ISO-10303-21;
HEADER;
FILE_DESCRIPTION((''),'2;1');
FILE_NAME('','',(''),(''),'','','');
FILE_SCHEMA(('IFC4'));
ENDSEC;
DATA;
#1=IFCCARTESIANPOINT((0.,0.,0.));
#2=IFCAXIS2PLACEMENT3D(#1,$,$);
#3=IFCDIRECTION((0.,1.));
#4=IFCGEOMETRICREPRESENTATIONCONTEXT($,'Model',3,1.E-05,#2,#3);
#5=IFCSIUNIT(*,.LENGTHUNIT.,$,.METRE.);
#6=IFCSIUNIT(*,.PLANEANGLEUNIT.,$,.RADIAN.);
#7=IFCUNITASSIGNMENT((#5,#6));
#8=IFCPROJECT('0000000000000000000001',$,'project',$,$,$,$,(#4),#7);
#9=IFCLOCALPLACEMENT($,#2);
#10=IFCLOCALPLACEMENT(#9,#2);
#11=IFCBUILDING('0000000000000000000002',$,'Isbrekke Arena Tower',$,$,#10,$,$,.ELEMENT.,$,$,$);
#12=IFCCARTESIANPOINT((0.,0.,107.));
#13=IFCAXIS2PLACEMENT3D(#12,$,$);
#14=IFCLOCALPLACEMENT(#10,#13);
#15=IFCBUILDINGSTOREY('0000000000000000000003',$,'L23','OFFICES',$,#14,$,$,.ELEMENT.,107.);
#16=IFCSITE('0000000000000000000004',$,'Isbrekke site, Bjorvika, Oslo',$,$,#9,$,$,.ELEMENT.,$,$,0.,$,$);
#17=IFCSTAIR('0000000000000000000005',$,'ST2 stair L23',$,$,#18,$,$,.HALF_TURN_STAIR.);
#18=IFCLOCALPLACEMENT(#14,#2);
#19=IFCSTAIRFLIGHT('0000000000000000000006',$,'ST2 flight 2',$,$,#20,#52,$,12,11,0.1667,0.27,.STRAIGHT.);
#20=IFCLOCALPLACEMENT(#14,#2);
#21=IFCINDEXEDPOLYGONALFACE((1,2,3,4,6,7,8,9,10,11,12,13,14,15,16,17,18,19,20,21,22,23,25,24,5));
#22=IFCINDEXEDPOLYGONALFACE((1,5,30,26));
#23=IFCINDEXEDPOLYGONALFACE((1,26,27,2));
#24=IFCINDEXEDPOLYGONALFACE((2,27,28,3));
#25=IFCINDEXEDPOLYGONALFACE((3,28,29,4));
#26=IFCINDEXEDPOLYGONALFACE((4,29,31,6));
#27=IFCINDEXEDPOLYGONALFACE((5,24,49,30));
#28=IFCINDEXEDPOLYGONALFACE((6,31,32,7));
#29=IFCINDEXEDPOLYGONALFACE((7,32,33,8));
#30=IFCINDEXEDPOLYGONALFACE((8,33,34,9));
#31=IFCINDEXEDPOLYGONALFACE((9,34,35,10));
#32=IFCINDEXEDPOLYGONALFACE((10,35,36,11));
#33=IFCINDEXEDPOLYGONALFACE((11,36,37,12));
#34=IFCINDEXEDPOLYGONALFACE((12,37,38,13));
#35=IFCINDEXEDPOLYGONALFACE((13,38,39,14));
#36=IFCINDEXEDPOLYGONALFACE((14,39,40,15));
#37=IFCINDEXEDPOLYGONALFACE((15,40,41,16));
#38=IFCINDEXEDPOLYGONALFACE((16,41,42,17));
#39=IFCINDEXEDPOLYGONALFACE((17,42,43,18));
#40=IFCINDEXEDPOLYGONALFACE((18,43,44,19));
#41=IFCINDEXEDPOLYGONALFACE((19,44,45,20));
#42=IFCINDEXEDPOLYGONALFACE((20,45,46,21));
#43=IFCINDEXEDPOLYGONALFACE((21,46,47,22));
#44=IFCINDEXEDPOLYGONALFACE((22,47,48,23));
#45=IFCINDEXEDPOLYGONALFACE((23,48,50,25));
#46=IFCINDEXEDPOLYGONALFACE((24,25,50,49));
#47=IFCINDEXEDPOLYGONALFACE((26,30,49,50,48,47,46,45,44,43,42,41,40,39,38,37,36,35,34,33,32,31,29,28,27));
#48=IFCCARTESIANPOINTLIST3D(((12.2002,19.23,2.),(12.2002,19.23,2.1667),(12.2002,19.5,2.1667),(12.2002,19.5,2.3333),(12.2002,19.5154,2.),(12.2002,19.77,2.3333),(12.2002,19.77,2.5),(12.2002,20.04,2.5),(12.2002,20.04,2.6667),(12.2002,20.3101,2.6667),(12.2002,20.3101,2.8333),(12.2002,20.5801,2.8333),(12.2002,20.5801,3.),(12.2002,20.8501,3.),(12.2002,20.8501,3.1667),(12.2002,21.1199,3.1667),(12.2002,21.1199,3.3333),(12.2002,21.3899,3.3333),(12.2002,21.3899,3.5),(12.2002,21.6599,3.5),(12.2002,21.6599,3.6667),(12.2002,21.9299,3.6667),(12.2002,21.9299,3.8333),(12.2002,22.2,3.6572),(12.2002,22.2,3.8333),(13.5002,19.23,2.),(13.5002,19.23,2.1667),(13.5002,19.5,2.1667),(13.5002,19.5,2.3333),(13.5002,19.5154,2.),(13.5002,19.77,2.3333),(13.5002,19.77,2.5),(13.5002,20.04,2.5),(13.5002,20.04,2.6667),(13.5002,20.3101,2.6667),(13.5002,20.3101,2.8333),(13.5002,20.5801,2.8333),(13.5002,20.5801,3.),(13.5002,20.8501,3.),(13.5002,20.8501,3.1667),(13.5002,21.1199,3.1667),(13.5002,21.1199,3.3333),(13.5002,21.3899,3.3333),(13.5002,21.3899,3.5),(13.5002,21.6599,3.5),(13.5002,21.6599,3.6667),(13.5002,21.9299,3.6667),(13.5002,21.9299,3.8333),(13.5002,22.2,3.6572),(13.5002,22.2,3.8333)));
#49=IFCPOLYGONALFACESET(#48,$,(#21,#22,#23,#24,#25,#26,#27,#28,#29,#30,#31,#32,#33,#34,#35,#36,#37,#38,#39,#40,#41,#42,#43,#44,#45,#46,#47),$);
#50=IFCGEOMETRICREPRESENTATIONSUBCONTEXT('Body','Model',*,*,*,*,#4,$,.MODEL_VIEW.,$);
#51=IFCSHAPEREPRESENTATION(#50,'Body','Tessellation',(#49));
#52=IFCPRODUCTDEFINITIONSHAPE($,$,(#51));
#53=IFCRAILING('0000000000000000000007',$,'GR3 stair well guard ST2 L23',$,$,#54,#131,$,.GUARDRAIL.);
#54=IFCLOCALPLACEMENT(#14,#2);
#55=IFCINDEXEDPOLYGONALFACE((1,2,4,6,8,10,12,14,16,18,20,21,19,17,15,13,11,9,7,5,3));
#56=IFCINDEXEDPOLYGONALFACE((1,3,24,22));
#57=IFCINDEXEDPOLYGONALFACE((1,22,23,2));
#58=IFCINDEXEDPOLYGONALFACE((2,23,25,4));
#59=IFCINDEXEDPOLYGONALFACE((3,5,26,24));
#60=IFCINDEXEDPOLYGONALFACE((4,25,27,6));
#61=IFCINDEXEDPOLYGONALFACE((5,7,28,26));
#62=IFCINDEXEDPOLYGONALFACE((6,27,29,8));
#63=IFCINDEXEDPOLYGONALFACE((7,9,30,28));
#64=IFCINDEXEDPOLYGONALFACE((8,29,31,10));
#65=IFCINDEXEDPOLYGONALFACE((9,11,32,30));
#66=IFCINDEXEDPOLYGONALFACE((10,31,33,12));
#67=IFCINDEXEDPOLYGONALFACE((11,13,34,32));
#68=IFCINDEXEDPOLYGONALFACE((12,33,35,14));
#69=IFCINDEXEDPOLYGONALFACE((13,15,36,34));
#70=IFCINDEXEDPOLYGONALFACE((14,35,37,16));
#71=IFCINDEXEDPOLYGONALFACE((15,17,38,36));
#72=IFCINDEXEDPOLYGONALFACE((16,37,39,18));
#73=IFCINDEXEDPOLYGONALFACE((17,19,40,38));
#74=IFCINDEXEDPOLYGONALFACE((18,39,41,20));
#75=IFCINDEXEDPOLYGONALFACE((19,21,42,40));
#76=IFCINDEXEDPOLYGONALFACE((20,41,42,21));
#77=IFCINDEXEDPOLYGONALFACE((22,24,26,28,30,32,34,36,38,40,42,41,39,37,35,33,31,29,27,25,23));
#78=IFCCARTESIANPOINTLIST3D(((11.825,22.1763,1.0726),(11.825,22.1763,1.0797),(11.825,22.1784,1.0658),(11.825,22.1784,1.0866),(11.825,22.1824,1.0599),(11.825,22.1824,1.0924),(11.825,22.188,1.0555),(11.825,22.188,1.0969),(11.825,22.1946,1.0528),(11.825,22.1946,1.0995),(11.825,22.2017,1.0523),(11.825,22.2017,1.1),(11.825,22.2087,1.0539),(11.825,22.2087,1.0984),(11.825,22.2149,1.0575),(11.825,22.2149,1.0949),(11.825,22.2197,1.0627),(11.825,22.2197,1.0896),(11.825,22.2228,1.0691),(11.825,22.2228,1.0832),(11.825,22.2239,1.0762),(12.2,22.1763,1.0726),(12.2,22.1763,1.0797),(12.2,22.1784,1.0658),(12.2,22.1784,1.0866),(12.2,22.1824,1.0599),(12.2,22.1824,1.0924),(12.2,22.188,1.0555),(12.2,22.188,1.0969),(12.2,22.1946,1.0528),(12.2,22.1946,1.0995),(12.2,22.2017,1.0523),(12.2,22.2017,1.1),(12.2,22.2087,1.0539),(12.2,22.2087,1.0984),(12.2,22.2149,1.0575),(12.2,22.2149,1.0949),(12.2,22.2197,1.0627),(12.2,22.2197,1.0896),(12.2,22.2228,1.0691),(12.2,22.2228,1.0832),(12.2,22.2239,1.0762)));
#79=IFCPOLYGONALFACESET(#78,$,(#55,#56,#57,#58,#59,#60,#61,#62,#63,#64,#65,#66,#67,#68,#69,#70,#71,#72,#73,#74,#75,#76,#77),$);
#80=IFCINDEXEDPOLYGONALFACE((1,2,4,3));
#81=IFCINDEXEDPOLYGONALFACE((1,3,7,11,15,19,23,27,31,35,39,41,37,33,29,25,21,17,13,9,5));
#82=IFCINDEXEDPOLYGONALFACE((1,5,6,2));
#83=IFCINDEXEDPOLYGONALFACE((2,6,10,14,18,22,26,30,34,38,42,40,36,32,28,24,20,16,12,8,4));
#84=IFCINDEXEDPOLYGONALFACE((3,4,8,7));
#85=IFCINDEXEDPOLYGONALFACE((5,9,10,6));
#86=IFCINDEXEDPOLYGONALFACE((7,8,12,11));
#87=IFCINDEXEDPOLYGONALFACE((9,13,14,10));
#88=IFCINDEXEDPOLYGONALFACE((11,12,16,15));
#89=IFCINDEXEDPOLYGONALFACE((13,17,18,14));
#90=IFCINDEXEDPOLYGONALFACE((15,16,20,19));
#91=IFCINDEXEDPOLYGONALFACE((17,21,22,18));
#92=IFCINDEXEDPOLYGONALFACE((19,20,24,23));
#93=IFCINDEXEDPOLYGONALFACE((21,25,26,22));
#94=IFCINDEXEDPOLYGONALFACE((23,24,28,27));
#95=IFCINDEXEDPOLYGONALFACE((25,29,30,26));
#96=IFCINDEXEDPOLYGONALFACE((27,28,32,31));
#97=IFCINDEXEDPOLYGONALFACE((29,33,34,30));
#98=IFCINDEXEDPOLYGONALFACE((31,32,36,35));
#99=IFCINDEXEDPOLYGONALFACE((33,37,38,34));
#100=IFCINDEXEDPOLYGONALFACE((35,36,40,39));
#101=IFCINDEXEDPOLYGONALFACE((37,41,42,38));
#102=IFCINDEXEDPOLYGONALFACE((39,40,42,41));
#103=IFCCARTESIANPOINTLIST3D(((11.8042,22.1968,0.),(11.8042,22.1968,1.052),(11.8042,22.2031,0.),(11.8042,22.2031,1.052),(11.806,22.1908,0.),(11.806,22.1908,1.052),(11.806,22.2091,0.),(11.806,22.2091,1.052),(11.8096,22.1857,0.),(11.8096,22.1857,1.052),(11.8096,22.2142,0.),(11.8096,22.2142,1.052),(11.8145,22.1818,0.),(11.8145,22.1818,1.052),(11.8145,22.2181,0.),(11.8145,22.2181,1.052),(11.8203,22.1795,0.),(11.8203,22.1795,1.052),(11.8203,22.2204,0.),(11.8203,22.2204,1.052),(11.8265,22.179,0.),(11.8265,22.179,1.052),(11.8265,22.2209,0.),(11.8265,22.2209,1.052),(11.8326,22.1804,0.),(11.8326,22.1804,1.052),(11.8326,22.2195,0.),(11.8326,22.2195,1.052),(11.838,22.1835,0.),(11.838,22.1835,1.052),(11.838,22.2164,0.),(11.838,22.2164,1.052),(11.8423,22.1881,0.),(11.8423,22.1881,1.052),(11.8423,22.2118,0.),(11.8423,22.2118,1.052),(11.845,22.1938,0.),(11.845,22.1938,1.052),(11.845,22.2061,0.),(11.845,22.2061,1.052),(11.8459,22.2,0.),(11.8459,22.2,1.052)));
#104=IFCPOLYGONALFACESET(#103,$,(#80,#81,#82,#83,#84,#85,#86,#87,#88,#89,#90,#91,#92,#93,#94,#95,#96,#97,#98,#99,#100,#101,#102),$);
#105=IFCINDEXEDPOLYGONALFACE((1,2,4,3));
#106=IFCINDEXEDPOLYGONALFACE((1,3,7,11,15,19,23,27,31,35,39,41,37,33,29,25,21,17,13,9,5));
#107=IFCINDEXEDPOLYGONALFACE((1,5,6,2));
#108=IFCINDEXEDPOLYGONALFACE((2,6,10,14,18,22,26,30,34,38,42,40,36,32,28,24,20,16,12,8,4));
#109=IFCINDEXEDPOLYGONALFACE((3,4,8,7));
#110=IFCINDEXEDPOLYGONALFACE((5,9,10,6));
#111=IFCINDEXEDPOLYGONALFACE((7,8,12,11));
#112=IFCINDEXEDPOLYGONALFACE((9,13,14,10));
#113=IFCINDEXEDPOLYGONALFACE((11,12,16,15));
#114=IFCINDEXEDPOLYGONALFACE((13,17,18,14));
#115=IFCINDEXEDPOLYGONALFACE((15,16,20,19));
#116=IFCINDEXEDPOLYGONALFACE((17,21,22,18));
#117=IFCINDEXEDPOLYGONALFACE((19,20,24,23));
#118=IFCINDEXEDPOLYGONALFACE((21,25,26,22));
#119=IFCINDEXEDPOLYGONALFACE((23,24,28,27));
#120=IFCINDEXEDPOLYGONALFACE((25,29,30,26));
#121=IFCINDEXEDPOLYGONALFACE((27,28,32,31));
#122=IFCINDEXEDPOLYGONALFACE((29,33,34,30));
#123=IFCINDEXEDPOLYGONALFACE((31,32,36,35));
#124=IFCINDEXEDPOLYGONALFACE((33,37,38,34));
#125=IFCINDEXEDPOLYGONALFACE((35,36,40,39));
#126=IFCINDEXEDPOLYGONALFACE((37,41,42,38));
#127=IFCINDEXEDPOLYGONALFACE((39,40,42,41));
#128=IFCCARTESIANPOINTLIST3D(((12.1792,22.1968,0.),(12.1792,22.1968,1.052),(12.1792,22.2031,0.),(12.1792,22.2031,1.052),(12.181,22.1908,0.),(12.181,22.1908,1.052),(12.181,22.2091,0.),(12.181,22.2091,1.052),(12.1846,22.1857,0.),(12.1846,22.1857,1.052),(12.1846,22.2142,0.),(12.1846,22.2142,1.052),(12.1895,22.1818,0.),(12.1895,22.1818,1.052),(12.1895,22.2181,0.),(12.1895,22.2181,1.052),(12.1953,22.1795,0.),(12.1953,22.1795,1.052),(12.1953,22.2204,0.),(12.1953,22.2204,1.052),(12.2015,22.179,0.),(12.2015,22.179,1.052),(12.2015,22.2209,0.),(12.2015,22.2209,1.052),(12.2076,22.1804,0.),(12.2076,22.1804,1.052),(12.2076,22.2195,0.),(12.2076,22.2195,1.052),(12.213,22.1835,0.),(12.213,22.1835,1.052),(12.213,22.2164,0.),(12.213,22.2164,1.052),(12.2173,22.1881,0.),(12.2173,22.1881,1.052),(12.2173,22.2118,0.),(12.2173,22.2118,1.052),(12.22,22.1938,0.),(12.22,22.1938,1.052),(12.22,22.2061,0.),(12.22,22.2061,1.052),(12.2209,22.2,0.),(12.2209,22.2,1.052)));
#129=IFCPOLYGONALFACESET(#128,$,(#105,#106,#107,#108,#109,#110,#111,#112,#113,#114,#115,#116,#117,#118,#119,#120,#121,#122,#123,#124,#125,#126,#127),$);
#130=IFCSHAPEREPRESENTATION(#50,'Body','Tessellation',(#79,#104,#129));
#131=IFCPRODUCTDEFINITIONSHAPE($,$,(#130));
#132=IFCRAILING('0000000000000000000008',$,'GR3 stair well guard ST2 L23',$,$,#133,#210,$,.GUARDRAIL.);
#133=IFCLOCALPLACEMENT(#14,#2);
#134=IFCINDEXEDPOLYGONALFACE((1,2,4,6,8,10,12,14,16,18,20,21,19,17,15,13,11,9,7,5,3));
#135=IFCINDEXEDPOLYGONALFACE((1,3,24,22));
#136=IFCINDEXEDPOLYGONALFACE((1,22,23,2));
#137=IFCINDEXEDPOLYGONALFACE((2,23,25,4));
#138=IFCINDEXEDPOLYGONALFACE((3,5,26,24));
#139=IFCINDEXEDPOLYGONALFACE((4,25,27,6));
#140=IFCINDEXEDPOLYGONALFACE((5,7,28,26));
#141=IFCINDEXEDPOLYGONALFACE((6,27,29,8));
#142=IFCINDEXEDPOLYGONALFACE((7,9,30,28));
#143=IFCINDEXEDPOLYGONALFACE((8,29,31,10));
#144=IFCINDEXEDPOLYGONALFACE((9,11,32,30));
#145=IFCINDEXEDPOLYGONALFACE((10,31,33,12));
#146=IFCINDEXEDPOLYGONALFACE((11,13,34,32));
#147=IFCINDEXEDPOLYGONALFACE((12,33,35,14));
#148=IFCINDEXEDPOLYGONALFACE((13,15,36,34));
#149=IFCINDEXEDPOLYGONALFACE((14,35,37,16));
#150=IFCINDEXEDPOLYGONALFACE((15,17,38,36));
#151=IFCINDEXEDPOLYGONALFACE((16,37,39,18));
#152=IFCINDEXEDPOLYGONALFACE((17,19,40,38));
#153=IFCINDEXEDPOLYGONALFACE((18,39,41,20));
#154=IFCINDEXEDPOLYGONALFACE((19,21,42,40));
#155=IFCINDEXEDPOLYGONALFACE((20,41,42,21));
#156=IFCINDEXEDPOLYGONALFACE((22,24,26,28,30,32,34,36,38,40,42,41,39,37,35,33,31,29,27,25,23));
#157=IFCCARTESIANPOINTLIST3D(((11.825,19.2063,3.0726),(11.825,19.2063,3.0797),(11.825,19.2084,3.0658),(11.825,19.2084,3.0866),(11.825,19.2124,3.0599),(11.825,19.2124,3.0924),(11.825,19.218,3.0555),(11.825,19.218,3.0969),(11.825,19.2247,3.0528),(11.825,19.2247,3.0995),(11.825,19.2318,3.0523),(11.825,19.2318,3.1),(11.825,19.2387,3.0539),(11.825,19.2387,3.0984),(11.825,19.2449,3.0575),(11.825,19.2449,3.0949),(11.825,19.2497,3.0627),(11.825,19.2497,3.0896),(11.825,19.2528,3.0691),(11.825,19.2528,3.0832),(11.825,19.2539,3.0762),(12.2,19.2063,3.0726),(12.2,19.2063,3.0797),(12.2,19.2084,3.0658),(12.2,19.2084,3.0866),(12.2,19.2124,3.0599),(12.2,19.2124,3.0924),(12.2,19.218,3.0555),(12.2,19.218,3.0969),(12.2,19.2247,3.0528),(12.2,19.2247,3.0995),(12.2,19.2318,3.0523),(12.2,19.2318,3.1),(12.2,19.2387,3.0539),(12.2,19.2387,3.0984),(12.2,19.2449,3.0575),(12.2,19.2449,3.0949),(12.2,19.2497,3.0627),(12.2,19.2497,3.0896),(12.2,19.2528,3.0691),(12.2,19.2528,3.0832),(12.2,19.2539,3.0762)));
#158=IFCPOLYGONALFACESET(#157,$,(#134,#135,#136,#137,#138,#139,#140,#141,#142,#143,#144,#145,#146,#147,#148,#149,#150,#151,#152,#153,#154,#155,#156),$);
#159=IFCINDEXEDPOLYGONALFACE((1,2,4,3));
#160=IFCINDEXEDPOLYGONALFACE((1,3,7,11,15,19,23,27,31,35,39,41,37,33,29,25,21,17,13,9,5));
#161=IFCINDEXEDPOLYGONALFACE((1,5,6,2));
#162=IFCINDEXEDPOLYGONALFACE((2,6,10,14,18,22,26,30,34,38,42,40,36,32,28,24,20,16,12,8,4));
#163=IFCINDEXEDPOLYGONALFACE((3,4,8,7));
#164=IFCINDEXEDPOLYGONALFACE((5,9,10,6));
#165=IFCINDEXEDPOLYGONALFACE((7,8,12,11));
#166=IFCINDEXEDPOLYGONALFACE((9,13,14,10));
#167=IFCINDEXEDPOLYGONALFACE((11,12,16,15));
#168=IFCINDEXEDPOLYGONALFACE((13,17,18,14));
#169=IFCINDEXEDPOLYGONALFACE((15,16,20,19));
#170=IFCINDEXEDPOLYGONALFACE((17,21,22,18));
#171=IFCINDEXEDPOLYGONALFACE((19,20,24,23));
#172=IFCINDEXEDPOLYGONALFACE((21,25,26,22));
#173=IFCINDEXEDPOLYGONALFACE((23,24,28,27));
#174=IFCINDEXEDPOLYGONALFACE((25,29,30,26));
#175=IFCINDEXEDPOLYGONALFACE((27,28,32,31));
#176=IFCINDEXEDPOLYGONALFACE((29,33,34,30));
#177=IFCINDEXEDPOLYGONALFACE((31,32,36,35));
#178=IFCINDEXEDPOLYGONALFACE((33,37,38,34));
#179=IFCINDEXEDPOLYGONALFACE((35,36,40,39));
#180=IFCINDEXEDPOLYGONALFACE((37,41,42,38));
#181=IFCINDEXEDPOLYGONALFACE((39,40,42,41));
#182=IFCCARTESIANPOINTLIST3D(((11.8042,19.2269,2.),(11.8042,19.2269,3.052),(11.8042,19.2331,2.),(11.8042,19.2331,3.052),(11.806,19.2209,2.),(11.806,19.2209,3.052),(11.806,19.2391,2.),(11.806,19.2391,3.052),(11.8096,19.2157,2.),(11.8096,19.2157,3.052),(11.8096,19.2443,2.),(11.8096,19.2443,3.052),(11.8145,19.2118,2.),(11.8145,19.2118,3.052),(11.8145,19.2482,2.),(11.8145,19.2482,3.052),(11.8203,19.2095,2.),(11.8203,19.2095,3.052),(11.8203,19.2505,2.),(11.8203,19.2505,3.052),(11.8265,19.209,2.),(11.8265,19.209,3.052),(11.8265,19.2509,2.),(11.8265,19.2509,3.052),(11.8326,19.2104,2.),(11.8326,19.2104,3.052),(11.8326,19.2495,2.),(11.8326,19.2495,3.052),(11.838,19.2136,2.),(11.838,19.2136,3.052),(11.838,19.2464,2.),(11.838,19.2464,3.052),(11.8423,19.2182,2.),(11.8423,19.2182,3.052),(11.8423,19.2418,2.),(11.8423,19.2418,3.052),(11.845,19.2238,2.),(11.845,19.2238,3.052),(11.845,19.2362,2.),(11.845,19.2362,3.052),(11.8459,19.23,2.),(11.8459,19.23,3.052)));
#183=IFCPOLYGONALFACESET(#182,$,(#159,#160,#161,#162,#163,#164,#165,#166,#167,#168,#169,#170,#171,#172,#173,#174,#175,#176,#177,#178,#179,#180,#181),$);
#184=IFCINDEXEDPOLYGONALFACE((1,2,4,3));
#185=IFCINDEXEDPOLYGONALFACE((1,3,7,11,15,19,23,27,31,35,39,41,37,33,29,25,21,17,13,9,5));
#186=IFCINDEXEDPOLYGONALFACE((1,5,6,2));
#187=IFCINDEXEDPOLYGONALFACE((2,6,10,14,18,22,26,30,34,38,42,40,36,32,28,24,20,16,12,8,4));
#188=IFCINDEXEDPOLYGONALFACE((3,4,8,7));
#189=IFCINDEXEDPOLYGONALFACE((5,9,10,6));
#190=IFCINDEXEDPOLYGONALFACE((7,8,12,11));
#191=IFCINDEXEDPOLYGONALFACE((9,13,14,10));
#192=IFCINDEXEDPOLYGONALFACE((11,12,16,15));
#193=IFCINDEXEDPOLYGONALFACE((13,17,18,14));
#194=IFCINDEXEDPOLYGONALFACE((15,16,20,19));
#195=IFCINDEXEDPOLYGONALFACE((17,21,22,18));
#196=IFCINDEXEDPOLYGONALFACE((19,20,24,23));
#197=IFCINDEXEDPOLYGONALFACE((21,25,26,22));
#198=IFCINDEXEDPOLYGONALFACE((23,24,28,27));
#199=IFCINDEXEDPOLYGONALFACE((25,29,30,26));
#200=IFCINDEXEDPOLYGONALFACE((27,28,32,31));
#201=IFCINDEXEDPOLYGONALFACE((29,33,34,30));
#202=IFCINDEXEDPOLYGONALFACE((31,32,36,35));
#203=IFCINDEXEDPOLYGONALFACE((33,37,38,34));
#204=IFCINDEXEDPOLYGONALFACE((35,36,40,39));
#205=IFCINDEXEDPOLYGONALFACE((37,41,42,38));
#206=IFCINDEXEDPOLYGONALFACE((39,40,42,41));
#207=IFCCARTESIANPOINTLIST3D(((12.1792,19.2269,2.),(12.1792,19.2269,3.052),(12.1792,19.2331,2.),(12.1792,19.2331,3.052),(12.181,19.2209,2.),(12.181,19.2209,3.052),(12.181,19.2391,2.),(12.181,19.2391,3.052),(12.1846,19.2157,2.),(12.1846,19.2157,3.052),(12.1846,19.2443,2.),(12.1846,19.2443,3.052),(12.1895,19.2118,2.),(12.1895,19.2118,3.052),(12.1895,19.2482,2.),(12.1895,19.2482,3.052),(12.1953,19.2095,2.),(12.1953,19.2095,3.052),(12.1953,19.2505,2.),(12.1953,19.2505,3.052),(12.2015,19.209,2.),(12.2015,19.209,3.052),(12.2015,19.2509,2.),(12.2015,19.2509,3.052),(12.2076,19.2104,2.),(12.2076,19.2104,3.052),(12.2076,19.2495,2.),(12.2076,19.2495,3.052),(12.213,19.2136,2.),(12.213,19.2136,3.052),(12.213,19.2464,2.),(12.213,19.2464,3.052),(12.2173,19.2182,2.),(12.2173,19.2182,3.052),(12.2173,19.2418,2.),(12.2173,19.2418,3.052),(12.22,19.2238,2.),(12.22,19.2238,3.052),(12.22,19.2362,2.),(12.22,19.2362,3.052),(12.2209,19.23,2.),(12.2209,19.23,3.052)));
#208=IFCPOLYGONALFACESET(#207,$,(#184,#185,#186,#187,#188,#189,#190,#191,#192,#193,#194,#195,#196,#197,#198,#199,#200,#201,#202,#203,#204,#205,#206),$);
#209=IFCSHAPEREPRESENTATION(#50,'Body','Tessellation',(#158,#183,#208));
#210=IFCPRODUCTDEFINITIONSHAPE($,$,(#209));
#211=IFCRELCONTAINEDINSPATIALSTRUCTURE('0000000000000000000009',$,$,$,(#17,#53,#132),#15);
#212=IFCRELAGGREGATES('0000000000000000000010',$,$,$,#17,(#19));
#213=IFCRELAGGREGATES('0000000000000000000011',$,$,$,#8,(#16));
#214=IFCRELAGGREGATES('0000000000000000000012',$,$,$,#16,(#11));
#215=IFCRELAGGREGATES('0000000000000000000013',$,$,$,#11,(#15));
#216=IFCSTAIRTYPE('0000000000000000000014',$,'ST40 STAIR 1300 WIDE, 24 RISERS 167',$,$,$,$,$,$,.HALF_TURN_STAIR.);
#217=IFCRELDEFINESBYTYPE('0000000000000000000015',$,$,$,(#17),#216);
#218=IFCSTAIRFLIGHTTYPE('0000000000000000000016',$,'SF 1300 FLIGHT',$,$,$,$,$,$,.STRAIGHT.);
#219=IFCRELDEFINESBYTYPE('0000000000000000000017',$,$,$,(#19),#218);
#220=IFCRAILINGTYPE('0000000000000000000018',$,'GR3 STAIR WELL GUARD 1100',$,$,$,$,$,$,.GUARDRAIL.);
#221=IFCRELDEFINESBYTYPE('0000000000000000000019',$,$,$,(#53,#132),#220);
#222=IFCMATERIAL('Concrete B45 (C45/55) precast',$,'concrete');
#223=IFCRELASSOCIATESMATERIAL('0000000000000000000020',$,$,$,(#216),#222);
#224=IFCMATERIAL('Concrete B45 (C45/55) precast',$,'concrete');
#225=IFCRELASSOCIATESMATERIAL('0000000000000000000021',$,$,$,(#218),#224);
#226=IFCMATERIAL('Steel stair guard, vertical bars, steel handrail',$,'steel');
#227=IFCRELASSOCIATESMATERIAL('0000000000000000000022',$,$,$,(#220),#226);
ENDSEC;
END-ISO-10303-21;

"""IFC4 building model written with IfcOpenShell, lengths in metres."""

from ifc_helpers import new_model, si_unit, direction, frame, origin, origin_2d, place, context, subcontext, project, spatial, polyline, circle, outline, extrude, material, type_object, element, aggregate, save


model = new_model("IFC4")

# Units and contexts
model_context = context("Model", 3, precision=1e-05, world=origin(), true_north=direction((0.0, 1.0)))
body_context = subcontext(model_context, "Body", "Model", "MODEL_VIEW")
ifc_project = project(units=[si_unit("LENGTHUNIT", "METRE"), si_unit("PLANEANGLEUNIT", "RADIAN")], contexts=[model_context])

# Site, building, storey
site_placement = place(None, origin())
site = spatial("IfcSite", under=ifc_project, at=site_placement, Name="Isbrekke site, Bjorvika, Oslo", CompositionType="ELEMENT", RefElevation=0.0)
building_placement = place(site_placement, origin())
building = spatial("IfcBuilding", under=site, at=building_placement, Name="Isbrekke Arena Tower", CompositionType="ELEMENT")
storey_placement = place(building_placement, frame((0.0, 0.0, 107.0)))
storey = spatial("IfcBuildingStorey", under=building, at=storey_placement, Name="L23", Description="OFFICES", CompositionType="ELEMENT", Elevation=107.0)

# Stair, stair flight
ifc_material_1 = material(Name="Concrete B45 (C45/55) precast", Category="concrete")
stair_type = type_object("IfcStairType", Name="ST40 STAIR 1300 WIDE, 24 RISERS 167", PredefinedType="HALF_TURN_STAIR", material=ifc_material_1)
stair_placement = place(storey_placement, origin())
stair = element("IfcStair", 1, at=stair_placement, inside=storey, type_object=stair_type, Name="ST2 stair L23", PredefinedType="HALF_TURN_STAIR")
ifc_material_2 = material(Name="Concrete B45 (C45/55) precast", Category="concrete")
stair_flight_type = type_object("IfcStairFlightType", Name="SF 1300 FLIGHT", PredefinedType="STRAIGHT", material=ifc_material_2)
stair_flight_1_placement = place(storey_placement, frame((12.8501, 19.23, 2.0), z_axis=(0.0, 0.0, 1.0), x_axis=(0.0, 1.0, 0.0)))
stair_flight_1 = element("IfcStairFlight", 2, at=stair_flight_1_placement, type_object=stair_flight_type, Name="ST2 flight 2", NumberOfRisers=12, NumberOfTreads=11, PredefinedType="STRAIGHT", RiserHeight=0.1667, TreadLength=0.27, context=body_context, shape_type="SweptSolid", body=[
    extrude(outline(polyline([(0.0, 0.0), (0.0, 0.1667), (0.27, 0.1667), (0.27, 0.3333), (0.54, 0.3333), (0.54, 0.5), (0.8101, 0.5), (0.8101, 0.6667), (1.0801, 0.6667), (1.0801, 0.8333), (1.3501, 0.8333), (1.3501, 1.0), (1.6201, 1.0), (1.6201, 1.1667), (1.8899, 1.1667), (1.8899, 1.3333), (2.1599, 1.3333), (2.1599, 1.5), (2.4299, 1.5), (2.4299, 1.6667), (2.7, 1.6667), (2.7, 1.8333), (2.97, 1.8333), (2.97, 2.0), (2.97, 1.6572), (0.2854, 0.0), (0.0, 0.0)])), frame((0.0, 0.6499, 0.0), z_axis=(0.0, -1.0, 0.0), x_axis=(1.0, 0.0, 0.0)), (0.0, 0.0, 1.0), 1.3),
])
aggregate(stair, [stair_flight_1])

# Railings
ifc_material_3 = material(Name="Steel stair guard, vertical bars, steel handrail", Category="steel")
railing_type = type_object("IfcRailingType", Name="GR3 STAIR WELL GUARD 1100", PredefinedType="GUARDRAIL", material=ifc_material_3)
for number, where, name in (
    (3, (11.825, 22.2, 0.0), "GR3 stair well guard ST2 L23"),
    (4, (11.825, 19.23, 2.0), "GR3 stair well guard ST2 L23"),
):
    element("IfcRailing", number, at=place(storey_placement, frame(where)), inside=storey, type_object=railing_type, Name=name, PredefinedType="GUARDRAIL", context=body_context, shape_type="SweptSolid", body=[
        extrude(circle(Radius=0.0239, at=origin_2d()), frame((0.0, 0.0, 1.0762), z_axis=(1.0, 0.0, 0.0), x_axis=(0.0, 1.0, 0.0)), (0.0, 0.0, 1.0), 0.375),
        extrude(circle(Radius=0.021, at=origin_2d()), origin(), (0.0, 0.0, 1.0), 1.052),
        extrude(circle(Radius=0.021, at=origin_2d()), frame((0.375, 0.0, 0.0)), (0.0, 0.0, 1.0), 1.052),
    ])

save(model, "model.ifc")
